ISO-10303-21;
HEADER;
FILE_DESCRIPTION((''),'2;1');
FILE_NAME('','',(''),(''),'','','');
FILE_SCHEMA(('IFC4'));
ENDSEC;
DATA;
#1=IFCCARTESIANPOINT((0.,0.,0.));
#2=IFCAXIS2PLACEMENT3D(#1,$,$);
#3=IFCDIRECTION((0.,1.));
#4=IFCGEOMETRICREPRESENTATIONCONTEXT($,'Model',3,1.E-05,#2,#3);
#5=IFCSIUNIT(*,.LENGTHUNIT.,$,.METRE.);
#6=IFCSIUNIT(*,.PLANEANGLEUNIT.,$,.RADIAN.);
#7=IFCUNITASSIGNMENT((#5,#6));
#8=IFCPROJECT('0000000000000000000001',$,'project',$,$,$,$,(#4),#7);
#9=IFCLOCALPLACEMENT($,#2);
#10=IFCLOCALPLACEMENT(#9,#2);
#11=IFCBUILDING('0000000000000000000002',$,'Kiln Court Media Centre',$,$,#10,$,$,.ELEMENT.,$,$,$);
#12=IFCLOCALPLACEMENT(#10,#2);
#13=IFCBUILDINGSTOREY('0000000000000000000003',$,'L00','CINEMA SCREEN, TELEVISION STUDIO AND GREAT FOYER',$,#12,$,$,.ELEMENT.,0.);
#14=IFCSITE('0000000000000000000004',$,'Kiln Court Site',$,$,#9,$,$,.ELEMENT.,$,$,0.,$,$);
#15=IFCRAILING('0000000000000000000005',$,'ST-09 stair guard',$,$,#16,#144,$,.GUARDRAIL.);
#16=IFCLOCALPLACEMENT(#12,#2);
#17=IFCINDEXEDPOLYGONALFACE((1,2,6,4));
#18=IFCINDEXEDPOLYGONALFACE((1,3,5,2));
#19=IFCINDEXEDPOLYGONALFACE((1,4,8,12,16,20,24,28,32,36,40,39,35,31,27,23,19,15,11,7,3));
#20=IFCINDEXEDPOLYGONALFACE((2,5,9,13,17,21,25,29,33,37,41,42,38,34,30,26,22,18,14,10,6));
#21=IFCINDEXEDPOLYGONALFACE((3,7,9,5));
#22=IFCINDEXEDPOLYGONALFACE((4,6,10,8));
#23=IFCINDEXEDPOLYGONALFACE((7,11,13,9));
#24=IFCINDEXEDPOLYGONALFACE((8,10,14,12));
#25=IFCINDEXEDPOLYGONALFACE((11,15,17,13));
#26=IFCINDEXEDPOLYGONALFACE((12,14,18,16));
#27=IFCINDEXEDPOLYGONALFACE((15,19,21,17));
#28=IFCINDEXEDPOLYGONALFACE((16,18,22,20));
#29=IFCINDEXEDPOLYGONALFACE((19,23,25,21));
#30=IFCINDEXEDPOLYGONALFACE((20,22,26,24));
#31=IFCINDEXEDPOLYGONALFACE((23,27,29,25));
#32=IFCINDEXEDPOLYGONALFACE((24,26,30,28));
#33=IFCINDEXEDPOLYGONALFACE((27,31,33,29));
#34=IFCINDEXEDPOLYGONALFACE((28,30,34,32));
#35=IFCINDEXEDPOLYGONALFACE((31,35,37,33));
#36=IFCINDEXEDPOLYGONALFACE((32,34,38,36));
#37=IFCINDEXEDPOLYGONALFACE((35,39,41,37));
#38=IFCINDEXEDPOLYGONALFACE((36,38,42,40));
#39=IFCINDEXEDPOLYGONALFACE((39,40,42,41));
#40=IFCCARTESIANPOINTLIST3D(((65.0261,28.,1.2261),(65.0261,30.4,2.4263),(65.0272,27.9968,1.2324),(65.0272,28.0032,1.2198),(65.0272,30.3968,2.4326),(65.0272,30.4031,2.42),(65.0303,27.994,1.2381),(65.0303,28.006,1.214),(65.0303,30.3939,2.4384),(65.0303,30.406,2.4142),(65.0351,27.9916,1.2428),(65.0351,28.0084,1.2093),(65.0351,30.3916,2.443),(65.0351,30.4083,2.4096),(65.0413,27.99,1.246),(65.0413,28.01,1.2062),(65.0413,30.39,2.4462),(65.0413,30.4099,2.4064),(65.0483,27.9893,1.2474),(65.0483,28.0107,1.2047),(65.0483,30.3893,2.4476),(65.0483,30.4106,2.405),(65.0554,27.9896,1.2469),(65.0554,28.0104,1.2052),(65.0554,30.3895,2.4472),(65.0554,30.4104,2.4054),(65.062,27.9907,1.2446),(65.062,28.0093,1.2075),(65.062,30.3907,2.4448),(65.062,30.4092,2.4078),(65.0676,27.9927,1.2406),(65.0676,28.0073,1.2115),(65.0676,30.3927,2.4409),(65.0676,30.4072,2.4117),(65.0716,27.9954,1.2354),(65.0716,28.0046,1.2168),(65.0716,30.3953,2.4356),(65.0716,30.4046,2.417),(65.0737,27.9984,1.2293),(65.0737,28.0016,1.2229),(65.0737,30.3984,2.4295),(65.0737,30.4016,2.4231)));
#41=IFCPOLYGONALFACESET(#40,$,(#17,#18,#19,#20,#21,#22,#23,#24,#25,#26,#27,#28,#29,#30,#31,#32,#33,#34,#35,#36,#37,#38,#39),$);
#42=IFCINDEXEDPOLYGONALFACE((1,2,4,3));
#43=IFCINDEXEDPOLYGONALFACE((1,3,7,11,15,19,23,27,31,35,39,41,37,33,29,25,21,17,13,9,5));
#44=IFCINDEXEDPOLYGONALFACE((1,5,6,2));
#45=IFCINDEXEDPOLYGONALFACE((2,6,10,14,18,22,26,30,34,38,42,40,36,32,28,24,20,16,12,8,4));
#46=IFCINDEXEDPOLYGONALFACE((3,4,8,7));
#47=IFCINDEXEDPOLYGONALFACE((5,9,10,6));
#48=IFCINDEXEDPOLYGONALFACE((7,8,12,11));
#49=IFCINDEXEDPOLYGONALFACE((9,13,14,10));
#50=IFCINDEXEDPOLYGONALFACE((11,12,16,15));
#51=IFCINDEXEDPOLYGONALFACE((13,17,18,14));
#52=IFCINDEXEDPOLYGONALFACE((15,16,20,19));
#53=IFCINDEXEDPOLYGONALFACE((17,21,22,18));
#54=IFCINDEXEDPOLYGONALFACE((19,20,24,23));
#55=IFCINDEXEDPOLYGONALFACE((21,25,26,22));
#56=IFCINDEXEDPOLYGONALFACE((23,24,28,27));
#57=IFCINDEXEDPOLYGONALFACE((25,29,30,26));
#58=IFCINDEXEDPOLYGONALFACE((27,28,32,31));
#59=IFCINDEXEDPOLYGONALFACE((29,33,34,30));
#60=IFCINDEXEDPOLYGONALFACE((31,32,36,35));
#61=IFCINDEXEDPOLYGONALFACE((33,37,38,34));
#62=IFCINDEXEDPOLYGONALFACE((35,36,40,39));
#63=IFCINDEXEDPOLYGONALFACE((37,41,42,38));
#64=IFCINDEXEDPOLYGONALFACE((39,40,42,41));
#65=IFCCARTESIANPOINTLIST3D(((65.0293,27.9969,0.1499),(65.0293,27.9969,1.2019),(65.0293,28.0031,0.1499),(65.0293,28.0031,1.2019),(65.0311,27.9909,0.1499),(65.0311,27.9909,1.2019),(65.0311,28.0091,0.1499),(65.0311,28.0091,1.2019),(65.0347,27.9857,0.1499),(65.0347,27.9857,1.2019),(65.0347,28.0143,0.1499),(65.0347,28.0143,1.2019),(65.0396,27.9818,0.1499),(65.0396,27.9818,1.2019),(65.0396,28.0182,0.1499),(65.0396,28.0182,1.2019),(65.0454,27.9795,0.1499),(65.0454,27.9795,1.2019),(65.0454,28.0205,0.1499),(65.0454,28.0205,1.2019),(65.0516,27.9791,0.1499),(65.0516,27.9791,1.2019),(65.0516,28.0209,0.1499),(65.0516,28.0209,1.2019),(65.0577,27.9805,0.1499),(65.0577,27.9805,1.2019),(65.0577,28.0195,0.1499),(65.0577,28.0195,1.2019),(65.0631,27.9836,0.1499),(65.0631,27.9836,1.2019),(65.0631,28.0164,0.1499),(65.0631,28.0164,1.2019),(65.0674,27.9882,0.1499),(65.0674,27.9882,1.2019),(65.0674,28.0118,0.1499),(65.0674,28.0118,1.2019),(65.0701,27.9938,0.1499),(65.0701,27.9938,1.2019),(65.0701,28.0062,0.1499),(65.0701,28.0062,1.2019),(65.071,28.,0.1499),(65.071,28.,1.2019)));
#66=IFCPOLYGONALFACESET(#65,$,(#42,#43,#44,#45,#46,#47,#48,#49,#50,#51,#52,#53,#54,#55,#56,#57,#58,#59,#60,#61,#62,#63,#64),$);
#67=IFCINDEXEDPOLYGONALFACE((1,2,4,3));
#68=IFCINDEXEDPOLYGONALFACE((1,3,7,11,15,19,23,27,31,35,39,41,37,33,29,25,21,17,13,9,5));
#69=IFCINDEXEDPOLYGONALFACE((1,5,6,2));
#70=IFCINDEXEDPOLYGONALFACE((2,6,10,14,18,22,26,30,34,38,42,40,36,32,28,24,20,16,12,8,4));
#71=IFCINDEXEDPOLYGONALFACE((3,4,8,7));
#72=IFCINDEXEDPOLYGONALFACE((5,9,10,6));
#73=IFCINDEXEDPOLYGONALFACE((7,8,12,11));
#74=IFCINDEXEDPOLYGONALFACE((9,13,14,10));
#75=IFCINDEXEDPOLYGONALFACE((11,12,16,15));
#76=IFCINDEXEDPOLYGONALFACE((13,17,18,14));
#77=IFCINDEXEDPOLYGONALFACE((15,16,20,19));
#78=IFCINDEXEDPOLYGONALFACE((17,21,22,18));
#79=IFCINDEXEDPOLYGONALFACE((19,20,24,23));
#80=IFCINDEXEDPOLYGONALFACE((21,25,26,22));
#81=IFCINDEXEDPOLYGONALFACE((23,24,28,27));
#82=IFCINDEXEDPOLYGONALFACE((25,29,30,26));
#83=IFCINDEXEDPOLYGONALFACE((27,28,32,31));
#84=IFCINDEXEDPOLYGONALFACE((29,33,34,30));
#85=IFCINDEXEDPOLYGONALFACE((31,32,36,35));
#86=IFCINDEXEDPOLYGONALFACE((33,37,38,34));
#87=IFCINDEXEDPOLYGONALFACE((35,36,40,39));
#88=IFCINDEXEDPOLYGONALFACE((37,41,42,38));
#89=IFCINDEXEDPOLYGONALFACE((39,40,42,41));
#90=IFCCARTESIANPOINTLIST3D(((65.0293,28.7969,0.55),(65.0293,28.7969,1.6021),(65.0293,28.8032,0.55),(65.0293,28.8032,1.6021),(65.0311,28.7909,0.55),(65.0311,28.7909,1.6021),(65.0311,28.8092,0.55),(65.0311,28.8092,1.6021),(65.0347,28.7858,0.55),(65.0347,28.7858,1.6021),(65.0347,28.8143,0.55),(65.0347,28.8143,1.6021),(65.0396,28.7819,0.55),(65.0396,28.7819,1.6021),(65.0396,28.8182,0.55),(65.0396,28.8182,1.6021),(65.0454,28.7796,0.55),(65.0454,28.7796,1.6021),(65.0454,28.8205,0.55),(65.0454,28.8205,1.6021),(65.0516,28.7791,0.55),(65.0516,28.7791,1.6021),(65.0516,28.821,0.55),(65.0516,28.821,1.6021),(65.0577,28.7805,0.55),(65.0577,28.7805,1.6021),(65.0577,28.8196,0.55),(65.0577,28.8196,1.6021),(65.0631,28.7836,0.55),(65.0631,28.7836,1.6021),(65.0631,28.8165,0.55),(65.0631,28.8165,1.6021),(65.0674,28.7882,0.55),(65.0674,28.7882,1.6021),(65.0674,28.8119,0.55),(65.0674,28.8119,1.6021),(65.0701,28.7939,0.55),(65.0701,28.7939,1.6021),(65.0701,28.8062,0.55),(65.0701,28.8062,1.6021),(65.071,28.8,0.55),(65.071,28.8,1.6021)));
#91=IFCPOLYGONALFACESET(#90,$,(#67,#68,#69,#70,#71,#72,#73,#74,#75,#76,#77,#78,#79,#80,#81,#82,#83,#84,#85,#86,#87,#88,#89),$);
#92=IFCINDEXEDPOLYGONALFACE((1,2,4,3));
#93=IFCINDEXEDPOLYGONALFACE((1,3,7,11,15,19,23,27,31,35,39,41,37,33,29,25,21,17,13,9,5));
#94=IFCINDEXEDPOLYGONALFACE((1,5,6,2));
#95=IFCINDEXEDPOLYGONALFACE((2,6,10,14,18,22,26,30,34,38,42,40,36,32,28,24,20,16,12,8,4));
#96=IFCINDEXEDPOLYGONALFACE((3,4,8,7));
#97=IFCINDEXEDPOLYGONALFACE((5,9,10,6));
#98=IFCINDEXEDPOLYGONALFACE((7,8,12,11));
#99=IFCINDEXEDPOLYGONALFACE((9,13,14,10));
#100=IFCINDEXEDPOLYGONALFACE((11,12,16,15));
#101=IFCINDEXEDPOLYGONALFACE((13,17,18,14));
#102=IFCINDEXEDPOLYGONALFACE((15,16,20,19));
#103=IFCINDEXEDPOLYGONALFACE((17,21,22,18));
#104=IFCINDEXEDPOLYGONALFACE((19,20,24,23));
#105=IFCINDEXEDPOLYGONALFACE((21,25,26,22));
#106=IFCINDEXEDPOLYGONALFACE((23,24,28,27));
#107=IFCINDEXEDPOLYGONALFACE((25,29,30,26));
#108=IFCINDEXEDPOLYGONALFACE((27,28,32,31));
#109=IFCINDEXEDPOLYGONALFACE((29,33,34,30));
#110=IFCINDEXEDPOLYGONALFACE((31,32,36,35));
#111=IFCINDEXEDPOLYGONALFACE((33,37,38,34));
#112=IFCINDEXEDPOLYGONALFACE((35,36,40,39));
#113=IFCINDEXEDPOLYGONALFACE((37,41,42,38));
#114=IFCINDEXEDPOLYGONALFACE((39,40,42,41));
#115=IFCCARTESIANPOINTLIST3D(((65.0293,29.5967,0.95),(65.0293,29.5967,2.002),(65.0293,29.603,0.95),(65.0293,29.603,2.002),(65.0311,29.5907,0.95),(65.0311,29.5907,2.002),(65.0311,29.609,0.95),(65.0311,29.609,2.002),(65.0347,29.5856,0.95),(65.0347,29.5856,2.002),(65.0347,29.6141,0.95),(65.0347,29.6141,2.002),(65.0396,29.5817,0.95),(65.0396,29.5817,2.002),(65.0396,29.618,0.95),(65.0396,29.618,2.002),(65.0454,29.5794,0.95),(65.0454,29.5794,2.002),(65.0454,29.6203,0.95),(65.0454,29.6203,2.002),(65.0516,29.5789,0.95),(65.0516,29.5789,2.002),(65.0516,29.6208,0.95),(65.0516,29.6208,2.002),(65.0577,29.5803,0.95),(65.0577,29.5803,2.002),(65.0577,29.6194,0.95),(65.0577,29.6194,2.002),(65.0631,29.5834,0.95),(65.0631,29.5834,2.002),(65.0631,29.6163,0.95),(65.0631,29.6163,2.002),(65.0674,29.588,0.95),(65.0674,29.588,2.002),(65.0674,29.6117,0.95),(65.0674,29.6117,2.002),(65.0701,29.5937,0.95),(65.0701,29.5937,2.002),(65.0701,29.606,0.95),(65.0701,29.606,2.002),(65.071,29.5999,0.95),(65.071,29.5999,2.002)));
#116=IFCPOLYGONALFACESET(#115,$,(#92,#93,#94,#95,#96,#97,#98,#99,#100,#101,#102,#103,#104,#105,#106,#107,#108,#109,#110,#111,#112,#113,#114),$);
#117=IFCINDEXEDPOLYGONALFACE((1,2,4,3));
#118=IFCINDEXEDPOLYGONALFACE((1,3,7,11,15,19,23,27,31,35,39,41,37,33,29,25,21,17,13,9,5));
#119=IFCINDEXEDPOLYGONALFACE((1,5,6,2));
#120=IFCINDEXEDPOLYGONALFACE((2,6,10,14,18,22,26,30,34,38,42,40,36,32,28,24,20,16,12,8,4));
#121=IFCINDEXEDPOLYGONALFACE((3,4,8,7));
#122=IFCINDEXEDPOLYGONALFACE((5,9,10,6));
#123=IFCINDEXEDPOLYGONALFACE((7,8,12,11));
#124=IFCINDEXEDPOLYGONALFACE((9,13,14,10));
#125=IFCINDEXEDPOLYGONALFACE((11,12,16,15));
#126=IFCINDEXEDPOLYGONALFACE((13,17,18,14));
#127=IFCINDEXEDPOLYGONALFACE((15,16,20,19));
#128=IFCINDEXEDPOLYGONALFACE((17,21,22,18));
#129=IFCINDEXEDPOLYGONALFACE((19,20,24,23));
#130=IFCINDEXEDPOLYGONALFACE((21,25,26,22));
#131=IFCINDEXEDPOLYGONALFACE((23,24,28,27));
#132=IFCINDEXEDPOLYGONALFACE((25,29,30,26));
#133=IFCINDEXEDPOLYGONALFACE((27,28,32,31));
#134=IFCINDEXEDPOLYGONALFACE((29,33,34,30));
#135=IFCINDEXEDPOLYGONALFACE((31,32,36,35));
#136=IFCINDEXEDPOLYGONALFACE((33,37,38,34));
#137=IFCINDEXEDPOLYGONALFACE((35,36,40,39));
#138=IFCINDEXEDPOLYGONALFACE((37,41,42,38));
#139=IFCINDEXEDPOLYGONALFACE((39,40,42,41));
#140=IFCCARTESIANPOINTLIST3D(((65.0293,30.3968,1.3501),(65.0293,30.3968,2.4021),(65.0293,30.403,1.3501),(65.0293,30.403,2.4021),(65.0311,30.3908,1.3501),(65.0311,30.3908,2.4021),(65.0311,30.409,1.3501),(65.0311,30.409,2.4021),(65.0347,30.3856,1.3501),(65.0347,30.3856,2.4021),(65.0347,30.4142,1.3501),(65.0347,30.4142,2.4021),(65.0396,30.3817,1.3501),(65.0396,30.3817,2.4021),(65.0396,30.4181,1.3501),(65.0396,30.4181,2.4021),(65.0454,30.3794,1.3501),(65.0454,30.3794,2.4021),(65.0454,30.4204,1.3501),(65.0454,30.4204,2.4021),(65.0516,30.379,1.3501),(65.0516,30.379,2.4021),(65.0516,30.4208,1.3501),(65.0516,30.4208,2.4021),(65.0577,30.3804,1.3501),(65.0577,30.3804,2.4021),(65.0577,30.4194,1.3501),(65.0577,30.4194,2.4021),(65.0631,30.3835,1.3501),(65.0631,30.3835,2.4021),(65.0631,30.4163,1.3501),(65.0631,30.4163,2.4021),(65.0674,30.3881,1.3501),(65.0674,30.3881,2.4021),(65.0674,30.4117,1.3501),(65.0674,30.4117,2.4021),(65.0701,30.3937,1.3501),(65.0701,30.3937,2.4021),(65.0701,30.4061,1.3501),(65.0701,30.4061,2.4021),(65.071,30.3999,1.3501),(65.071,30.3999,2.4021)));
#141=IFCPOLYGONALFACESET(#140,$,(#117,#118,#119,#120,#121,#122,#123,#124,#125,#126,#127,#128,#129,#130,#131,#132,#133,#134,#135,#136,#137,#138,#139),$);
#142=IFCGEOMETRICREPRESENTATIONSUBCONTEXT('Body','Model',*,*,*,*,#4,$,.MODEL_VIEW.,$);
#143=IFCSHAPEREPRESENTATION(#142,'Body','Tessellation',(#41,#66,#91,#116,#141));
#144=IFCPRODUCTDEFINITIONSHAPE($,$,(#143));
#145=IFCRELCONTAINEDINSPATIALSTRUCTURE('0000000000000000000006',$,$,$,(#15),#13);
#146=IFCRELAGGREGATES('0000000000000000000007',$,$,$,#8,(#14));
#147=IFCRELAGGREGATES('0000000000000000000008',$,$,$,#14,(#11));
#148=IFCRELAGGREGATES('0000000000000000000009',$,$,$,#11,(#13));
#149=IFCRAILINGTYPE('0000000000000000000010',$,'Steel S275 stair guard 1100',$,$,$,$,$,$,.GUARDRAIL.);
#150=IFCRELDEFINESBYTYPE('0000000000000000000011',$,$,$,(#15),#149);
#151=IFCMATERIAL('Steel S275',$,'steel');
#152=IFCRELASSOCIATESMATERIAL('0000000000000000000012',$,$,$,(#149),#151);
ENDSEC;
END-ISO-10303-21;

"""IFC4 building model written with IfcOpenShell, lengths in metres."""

from ifc_helpers import new_model, si_unit, direction, frame, origin, origin_2d, place, context, subcontext, project, spatial, circle, extrude, material, type_object, element, save


model = new_model("IFC4")

# Units and contexts
model_context = context("Model", 3, precision=1e-05, world=origin(), true_north=direction((0.0, 1.0)))
body_context = subcontext(model_context, "Body", "Model", "MODEL_VIEW")
ifc_project = project(units=[si_unit("LENGTHUNIT", "METRE"), si_unit("PLANEANGLEUNIT", "RADIAN")], contexts=[model_context])

# Site, building, storey
site_placement = place(None, origin())
site = spatial("IfcSite", under=ifc_project, at=site_placement, Name="Kiln Court Site", CompositionType="ELEMENT", RefElevation=0.0)
building_placement = place(site_placement, origin())
building = spatial("IfcBuilding", under=site, at=building_placement, Name="Kiln Court Media Centre", CompositionType="ELEMENT")
storey_placement = place(building_placement, origin())
storey = spatial("IfcBuildingStorey", under=building, at=storey_placement, Name="L00", Description="CINEMA SCREEN, TELEVISION STUDIO AND GREAT FOYER", CompositionType="ELEMENT", Elevation=0.0)

# Railing
ifc_material_1 = material(Name="Steel S275", Category="steel")
railing_type_1 = type_object("IfcRailingType", Name="Steel S275 stair guard 1100", PredefinedType="GUARDRAIL", material=ifc_material_1)
railing_1_placement = place(storey_placement, frame((65.05, 28.0, 0.1499)))
element("IfcRailing", 1, at=railing_1_placement, inside=storey, type_object=railing_type_1, Name="ST-09 stair guard", PredefinedType="GUARDRAIL", context=body_context, shape_type="SweptSolid", body=[
    extrude(circle(Radius=0.0239, at=origin_2d()), frame((0.0, 0.0, 1.0762), z_axis=(0.0, 0.894391, 0.447286), x_axis=(-1.0, 0.0, 0.0)), (0.0, 0.0, 1.0), 2.6833),
    extrude(circle(Radius=0.021, at=origin_2d()), origin(), (0.0, 0.0, 1.0), 1.052),
    extrude(circle(Radius=0.021, at=origin_2d()), frame((0.0, 0.8, 0.4001)), (0.0, 0.0, 1.0), 1.052),
    extrude(circle(Radius=0.021, at=origin_2d()), frame((0.0, 1.5999, 0.8)), (0.0, 0.0, 1.0), 1.052),
    extrude(circle(Radius=0.021, at=origin_2d()), frame((0.0, 2.3999, 1.2002)), (0.0, 0.0, 1.0), 1.052),
])

save(model, "model.ifc")
